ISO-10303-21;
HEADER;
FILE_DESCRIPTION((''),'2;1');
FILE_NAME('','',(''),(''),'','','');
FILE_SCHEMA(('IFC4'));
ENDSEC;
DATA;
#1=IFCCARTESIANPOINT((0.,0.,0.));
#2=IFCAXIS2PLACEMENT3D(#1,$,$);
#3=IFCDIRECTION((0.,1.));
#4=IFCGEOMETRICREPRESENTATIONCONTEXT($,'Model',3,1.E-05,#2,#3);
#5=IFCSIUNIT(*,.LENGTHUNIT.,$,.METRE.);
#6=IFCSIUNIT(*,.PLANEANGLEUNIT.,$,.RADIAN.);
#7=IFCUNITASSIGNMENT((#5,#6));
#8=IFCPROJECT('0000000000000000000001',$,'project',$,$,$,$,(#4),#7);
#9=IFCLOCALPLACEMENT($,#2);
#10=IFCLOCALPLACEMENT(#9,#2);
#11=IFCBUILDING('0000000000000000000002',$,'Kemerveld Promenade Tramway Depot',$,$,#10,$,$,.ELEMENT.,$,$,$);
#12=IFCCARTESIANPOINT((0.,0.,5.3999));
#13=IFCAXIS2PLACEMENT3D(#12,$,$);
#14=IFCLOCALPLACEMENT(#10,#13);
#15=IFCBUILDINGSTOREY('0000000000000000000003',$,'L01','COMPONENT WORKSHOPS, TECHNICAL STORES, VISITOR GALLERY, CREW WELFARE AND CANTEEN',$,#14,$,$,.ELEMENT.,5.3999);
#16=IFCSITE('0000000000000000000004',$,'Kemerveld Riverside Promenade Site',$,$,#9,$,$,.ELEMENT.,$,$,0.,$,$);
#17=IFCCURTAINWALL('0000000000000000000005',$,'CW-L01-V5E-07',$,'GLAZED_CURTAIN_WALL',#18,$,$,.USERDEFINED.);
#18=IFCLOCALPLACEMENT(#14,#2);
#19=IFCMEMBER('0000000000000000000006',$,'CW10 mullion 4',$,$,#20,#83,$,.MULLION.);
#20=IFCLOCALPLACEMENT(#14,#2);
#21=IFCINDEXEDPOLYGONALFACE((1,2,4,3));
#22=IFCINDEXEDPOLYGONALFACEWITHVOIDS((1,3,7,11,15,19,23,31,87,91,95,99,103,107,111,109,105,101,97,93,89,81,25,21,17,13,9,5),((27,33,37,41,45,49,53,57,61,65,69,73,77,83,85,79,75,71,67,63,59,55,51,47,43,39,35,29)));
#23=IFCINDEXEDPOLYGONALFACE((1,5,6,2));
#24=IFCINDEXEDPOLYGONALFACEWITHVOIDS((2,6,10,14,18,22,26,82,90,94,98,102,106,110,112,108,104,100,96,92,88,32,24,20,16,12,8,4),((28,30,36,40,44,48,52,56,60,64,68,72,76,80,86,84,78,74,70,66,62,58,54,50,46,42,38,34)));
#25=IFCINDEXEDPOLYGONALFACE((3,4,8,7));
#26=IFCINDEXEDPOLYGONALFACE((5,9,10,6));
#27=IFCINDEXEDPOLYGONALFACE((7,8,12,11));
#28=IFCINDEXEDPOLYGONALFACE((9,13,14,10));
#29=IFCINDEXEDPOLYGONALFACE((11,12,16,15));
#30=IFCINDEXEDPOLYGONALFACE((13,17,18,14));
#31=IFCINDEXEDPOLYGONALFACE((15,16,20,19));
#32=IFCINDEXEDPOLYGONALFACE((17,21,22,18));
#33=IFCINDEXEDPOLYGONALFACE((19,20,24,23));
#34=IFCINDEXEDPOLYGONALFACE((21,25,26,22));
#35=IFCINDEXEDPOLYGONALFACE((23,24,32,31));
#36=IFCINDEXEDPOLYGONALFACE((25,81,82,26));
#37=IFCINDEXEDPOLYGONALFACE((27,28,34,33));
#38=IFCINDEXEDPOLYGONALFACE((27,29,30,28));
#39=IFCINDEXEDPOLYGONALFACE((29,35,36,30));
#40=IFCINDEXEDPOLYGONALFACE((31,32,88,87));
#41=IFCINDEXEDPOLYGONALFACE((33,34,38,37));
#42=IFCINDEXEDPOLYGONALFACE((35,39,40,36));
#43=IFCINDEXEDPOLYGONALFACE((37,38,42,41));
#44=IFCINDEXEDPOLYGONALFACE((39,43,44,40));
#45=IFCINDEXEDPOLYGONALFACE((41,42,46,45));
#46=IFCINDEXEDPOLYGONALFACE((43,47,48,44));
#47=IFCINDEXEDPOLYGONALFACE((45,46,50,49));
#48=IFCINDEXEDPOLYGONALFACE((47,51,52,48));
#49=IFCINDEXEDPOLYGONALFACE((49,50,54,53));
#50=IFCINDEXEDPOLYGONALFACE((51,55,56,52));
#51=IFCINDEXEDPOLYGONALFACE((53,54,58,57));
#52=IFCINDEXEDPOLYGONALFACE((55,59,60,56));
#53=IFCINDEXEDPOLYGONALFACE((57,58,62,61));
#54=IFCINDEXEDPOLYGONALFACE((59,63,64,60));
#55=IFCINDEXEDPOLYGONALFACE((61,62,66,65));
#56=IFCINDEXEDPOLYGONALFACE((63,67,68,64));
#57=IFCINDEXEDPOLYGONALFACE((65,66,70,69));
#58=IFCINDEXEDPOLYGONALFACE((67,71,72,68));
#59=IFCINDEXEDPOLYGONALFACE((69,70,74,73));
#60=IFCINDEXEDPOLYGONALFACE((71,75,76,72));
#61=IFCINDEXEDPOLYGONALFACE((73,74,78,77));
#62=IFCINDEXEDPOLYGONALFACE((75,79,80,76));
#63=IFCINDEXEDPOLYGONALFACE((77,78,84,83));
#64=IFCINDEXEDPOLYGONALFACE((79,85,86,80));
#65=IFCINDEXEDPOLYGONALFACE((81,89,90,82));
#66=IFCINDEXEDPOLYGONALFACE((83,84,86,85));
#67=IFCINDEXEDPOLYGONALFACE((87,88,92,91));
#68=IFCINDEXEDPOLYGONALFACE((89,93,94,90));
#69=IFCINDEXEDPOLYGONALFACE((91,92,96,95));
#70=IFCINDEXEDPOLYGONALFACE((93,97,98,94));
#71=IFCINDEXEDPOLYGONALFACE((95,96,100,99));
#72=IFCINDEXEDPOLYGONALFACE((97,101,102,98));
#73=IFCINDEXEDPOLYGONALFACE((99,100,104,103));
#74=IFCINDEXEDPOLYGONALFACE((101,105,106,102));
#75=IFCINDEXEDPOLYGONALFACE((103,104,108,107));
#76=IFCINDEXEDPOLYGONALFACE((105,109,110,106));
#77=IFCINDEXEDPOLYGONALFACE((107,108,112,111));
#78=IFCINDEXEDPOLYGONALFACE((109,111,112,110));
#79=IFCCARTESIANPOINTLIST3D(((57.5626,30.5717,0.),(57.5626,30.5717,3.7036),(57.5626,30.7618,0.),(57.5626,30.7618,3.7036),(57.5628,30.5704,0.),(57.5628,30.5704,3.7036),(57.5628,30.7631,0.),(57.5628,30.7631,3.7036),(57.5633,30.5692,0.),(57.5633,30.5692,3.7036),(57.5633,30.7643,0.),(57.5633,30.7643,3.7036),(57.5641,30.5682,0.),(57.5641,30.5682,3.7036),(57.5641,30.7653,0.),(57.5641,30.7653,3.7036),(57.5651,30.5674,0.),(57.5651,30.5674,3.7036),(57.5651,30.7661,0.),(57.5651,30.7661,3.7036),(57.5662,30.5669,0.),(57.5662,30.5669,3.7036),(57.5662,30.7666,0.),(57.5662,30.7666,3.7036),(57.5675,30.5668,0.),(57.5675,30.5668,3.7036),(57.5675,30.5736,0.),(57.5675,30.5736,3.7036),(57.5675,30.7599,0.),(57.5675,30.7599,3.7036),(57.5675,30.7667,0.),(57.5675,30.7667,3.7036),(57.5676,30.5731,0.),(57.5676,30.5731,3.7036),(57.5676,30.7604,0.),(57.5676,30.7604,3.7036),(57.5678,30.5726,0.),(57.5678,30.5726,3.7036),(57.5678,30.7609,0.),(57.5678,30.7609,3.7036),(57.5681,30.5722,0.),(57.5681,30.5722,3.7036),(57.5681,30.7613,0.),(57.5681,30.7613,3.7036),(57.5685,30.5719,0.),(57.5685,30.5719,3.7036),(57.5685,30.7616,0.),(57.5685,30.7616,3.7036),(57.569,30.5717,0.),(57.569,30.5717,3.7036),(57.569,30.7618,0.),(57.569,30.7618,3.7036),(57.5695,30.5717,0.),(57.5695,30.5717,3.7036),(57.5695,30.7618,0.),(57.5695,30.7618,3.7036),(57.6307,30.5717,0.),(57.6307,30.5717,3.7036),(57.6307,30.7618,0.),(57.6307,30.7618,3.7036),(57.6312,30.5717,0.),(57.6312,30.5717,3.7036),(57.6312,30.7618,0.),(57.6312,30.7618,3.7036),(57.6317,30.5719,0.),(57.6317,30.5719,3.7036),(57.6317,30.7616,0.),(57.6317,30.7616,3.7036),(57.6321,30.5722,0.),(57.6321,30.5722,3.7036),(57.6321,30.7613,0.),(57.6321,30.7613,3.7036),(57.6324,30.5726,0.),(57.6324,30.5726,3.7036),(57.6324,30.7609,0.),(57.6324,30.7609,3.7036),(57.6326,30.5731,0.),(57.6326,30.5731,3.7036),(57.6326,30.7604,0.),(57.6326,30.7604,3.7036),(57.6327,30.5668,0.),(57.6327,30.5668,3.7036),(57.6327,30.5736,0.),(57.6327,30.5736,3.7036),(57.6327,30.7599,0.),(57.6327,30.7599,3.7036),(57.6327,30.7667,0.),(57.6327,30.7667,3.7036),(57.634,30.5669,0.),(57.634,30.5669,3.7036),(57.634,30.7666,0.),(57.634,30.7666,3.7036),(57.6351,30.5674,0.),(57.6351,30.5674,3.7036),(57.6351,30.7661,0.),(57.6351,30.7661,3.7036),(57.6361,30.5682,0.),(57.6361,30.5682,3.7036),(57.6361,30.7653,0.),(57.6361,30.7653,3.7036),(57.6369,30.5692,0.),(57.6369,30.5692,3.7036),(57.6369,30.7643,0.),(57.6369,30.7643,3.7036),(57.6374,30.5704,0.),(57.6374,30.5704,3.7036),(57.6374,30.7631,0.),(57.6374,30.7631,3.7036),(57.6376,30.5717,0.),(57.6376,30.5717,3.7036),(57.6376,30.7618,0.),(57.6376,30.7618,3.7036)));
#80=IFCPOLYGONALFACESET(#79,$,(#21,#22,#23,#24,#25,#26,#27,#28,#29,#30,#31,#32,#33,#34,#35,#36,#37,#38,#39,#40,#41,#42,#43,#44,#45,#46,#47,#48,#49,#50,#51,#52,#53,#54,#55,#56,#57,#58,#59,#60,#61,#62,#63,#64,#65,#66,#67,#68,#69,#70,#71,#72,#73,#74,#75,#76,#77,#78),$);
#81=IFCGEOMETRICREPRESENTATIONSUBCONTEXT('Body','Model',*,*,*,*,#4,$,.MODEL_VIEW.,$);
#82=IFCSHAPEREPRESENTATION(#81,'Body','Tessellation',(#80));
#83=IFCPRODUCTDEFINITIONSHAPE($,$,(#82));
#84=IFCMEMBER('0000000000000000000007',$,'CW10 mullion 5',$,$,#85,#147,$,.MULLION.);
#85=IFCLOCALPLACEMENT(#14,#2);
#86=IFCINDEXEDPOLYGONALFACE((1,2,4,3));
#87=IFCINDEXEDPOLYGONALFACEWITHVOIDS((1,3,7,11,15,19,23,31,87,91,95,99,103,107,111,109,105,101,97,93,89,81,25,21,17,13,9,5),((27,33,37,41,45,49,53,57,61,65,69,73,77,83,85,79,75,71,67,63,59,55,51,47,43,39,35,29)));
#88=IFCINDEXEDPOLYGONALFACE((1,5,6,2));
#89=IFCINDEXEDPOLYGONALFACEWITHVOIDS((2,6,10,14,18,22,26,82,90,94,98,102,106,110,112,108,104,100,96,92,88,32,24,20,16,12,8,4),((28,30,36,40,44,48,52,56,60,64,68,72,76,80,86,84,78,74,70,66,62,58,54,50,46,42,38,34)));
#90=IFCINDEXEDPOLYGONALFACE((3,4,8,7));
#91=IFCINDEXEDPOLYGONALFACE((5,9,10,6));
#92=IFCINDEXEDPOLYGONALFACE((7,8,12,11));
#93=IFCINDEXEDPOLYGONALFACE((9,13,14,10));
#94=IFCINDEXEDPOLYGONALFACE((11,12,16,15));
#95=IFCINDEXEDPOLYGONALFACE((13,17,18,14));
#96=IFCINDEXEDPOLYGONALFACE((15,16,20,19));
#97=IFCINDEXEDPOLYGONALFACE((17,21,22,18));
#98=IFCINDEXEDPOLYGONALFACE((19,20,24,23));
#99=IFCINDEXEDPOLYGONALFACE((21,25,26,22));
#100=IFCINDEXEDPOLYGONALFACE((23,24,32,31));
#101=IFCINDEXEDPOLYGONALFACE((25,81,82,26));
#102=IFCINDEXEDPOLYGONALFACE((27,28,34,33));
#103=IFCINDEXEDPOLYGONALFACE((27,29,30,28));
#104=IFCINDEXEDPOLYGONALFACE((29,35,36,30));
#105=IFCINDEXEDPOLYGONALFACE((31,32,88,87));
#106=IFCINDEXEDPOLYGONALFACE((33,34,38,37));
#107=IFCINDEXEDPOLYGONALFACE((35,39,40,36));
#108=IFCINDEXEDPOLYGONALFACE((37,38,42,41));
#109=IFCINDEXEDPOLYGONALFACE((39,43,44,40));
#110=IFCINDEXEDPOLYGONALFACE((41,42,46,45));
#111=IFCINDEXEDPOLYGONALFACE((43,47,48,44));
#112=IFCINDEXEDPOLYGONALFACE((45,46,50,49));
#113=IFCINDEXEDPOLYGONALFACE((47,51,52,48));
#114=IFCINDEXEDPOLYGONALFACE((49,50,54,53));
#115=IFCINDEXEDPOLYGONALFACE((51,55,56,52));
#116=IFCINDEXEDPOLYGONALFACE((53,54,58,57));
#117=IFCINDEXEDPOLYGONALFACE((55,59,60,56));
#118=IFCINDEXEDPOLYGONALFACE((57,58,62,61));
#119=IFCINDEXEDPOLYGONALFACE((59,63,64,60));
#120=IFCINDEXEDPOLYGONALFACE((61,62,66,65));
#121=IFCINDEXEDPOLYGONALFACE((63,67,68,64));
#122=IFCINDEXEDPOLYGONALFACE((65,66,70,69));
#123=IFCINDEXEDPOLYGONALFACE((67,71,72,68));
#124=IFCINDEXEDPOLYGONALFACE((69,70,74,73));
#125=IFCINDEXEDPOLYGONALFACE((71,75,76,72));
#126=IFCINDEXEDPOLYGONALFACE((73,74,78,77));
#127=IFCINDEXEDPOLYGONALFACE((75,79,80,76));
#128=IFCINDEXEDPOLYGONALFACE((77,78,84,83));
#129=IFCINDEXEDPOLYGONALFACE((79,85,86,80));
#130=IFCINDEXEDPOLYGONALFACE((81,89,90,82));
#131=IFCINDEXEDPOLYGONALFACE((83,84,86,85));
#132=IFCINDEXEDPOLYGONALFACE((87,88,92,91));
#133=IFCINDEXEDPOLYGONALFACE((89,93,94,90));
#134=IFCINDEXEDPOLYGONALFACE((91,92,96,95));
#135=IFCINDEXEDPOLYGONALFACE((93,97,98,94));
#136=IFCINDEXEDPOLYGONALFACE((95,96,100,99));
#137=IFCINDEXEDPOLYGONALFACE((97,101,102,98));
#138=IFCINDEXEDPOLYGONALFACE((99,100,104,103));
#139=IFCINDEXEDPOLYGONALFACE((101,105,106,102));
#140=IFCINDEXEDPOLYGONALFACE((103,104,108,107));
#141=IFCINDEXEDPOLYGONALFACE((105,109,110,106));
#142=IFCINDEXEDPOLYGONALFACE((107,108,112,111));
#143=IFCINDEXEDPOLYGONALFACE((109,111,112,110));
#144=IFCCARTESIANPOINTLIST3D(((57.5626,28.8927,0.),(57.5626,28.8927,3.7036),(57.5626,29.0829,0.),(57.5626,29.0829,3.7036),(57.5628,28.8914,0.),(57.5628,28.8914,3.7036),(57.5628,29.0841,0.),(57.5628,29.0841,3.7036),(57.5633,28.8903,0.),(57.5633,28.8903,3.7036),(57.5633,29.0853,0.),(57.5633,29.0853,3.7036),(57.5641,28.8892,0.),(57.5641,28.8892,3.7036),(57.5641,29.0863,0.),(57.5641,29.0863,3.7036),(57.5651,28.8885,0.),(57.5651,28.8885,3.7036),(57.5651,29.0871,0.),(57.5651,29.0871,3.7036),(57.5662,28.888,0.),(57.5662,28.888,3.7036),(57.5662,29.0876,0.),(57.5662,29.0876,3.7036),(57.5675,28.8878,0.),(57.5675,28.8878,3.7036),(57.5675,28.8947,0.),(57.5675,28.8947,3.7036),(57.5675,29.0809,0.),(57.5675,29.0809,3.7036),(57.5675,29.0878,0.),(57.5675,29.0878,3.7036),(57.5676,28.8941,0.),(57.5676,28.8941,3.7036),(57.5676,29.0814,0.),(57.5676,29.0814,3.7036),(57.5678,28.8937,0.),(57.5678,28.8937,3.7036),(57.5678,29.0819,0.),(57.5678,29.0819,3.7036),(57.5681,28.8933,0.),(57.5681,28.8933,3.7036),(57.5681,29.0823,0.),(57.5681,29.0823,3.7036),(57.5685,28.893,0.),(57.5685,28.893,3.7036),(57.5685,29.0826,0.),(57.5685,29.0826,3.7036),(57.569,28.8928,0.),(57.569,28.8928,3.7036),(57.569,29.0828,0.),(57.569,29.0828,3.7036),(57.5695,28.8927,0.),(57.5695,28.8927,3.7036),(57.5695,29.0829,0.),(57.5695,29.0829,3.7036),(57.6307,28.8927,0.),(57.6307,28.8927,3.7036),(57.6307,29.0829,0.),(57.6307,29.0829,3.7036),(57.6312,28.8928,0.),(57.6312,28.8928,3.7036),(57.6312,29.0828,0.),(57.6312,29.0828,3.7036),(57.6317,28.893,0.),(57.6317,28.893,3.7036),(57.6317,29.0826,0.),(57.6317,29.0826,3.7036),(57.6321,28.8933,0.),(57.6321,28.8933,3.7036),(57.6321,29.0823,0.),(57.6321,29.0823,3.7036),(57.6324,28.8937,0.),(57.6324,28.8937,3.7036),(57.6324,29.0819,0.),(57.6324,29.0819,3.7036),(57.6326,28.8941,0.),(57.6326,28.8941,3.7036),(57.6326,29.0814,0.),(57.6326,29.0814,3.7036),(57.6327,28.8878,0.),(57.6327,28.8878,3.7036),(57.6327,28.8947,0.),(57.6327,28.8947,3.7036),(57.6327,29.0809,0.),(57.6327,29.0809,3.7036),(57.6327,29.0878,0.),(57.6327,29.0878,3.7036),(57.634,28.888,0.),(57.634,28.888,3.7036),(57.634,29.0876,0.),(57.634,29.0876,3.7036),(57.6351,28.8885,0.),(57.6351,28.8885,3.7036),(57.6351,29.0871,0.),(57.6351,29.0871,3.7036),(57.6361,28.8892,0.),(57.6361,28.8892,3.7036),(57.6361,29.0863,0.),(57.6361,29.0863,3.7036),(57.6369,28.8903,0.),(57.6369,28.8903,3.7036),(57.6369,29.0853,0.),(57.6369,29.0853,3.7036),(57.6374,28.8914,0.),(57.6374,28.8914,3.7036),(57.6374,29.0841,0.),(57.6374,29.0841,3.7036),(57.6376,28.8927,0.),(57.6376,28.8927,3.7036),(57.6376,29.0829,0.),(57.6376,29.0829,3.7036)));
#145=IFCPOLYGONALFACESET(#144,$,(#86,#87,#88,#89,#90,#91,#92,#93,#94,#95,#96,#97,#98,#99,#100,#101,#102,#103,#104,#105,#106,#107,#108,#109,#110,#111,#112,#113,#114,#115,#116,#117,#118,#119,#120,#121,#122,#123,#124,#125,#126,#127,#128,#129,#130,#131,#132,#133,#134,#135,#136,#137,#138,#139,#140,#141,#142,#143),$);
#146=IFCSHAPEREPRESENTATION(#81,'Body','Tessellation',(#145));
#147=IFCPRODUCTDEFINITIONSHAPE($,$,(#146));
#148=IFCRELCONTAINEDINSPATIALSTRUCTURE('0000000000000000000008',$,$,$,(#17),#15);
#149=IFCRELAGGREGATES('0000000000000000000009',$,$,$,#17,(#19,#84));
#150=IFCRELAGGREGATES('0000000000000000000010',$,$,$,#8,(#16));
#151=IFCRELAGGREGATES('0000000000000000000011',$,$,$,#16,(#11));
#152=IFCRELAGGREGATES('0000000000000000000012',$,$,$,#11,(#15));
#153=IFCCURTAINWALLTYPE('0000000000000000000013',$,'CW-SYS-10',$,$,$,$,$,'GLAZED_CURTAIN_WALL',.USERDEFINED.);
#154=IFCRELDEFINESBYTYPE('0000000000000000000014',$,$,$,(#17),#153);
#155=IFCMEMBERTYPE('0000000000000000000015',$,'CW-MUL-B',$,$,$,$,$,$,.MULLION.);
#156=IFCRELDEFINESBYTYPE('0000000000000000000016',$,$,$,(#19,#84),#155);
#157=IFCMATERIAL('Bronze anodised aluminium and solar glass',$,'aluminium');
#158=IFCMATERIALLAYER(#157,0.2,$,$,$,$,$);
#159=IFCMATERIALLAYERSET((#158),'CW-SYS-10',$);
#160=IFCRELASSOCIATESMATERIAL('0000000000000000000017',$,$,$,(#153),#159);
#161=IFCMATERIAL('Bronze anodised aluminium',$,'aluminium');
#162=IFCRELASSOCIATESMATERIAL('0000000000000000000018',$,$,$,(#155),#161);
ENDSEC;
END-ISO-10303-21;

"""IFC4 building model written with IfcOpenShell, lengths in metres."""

from ifc_helpers import new_model, si_unit, direction, frame, origin, origin_2d, place, context, subcontext, project, spatial, hollow_rectangle, extrude, material, layer, layer_set, material_profile, profile_set, type_object, element, aggregate, save


model = new_model("IFC4")

# Units and contexts
model_context = context("Model", 3, precision=1e-05, world=origin(), true_north=direction((0.0, 1.0)))
body_context = subcontext(model_context, "Body", "Model", "MODEL_VIEW")
ifc_project = project(units=[si_unit("LENGTHUNIT", "METRE"), si_unit("PLANEANGLEUNIT", "RADIAN")], contexts=[model_context])

# Site, building, storey
site_placement = place(None, origin())
site = spatial("IfcSite", under=ifc_project, at=site_placement, Name="Kemerveld Riverside Promenade Site", CompositionType="ELEMENT", RefElevation=0.0)
building_placement = place(site_placement, origin())
building = spatial("IfcBuilding", under=site, at=building_placement, Name="Kemerveld Promenade Tramway Depot", CompositionType="ELEMENT")
storey_placement = place(building_placement, frame((0.0, 0.0, 5.3999)))
storey = spatial("IfcBuildingStorey", under=building, at=storey_placement, Name="L01", Description="COMPONENT WORKSHOPS, TECHNICAL STORES, VISITOR GALLERY, CREW WELFARE AND CANTEEN", CompositionType="ELEMENT", Elevation=5.3999)

# Curtain wall, members
ifc_material_1 = material(Name="Bronze anodised aluminium and solar glass", Category="aluminium")
ifc_layer_1 = layer(ifc_material_1, 0.2)
ifc_layer_set_1 = layer_set([ifc_layer_1], Name="CW-SYS-10")
curtain_wall_type = type_object("IfcCurtainWallType", Name="CW-SYS-10", ElementType="GLAZED_CURTAIN_WALL", PredefinedType="USERDEFINED", material=ifc_layer_set_1)
curtain_wall_placement = place(storey_placement, origin())
curtain_wall = element("IfcCurtainWall", 1, at=curtain_wall_placement, inside=storey, type_object=curtain_wall_type, Name="CW-L01-V5E-07", ObjectType="GLAZED_CURTAIN_WALL", PredefinedType="USERDEFINED")
ifc_material_2 = material(Name="Bronze anodised aluminium", Category="aluminium")
ifc_material_profile_1 = material_profile(ifc_material_2, hollow_rectangle(XDim=0.075, YDim=0.2, WallThickness=0.0049, InnerFilletRadius=0.002, OuterFilletRadius=0.0049, at=origin_2d()), Name="CW-MUL-200x75")
ifc_profile_set_1 = profile_set([ifc_material_profile_1], Name="Bronze anodised aluminium")
member_type_1 = type_object("IfcMemberType", Name="CW-MUL-B", PredefinedType="MULLION", material=ifc_profile_set_1)
member_1_placement = place(storey_placement, frame((57.6001, 30.6667, 0.0), z_axis=(0.0, 0.0, 1.0), x_axis=(1.0, 0.0, 0.0)))
member_1 = element("IfcMember", 2, at=member_1_placement, type_object=member_type_1, Name="CW10 mullion 4", PredefinedType="MULLION", context=body_context, shape_type="SweptSolid", body=[
    extrude(hollow_rectangle(XDim=0.075, YDim=0.2, WallThickness=0.0049, InnerFilletRadius=0.002, OuterFilletRadius=0.0049, at=origin_2d()), origin(), (0.0, 0.0, 1.0), 3.7036),
])
member_2_placement = place(storey_placement, frame((57.6001, 28.9878, 0.0), z_axis=(0.0, 0.0, 1.0), x_axis=(1.0, 0.0, 0.0)))
member_2 = element("IfcMember", 3, at=member_2_placement, type_object=member_type_1, Name="CW10 mullion 5", PredefinedType="MULLION", context=body_context, shape_type="SweptSolid", body=[
    extrude(hollow_rectangle(XDim=0.075, YDim=0.2, WallThickness=0.0049, InnerFilletRadius=0.002, OuterFilletRadius=0.0049, at=origin_2d()), origin(), (0.0, 0.0, 1.0), 3.7036),
])
aggregate(curtain_wall, [member_1, member_2])

save(model, "model.ifc")
